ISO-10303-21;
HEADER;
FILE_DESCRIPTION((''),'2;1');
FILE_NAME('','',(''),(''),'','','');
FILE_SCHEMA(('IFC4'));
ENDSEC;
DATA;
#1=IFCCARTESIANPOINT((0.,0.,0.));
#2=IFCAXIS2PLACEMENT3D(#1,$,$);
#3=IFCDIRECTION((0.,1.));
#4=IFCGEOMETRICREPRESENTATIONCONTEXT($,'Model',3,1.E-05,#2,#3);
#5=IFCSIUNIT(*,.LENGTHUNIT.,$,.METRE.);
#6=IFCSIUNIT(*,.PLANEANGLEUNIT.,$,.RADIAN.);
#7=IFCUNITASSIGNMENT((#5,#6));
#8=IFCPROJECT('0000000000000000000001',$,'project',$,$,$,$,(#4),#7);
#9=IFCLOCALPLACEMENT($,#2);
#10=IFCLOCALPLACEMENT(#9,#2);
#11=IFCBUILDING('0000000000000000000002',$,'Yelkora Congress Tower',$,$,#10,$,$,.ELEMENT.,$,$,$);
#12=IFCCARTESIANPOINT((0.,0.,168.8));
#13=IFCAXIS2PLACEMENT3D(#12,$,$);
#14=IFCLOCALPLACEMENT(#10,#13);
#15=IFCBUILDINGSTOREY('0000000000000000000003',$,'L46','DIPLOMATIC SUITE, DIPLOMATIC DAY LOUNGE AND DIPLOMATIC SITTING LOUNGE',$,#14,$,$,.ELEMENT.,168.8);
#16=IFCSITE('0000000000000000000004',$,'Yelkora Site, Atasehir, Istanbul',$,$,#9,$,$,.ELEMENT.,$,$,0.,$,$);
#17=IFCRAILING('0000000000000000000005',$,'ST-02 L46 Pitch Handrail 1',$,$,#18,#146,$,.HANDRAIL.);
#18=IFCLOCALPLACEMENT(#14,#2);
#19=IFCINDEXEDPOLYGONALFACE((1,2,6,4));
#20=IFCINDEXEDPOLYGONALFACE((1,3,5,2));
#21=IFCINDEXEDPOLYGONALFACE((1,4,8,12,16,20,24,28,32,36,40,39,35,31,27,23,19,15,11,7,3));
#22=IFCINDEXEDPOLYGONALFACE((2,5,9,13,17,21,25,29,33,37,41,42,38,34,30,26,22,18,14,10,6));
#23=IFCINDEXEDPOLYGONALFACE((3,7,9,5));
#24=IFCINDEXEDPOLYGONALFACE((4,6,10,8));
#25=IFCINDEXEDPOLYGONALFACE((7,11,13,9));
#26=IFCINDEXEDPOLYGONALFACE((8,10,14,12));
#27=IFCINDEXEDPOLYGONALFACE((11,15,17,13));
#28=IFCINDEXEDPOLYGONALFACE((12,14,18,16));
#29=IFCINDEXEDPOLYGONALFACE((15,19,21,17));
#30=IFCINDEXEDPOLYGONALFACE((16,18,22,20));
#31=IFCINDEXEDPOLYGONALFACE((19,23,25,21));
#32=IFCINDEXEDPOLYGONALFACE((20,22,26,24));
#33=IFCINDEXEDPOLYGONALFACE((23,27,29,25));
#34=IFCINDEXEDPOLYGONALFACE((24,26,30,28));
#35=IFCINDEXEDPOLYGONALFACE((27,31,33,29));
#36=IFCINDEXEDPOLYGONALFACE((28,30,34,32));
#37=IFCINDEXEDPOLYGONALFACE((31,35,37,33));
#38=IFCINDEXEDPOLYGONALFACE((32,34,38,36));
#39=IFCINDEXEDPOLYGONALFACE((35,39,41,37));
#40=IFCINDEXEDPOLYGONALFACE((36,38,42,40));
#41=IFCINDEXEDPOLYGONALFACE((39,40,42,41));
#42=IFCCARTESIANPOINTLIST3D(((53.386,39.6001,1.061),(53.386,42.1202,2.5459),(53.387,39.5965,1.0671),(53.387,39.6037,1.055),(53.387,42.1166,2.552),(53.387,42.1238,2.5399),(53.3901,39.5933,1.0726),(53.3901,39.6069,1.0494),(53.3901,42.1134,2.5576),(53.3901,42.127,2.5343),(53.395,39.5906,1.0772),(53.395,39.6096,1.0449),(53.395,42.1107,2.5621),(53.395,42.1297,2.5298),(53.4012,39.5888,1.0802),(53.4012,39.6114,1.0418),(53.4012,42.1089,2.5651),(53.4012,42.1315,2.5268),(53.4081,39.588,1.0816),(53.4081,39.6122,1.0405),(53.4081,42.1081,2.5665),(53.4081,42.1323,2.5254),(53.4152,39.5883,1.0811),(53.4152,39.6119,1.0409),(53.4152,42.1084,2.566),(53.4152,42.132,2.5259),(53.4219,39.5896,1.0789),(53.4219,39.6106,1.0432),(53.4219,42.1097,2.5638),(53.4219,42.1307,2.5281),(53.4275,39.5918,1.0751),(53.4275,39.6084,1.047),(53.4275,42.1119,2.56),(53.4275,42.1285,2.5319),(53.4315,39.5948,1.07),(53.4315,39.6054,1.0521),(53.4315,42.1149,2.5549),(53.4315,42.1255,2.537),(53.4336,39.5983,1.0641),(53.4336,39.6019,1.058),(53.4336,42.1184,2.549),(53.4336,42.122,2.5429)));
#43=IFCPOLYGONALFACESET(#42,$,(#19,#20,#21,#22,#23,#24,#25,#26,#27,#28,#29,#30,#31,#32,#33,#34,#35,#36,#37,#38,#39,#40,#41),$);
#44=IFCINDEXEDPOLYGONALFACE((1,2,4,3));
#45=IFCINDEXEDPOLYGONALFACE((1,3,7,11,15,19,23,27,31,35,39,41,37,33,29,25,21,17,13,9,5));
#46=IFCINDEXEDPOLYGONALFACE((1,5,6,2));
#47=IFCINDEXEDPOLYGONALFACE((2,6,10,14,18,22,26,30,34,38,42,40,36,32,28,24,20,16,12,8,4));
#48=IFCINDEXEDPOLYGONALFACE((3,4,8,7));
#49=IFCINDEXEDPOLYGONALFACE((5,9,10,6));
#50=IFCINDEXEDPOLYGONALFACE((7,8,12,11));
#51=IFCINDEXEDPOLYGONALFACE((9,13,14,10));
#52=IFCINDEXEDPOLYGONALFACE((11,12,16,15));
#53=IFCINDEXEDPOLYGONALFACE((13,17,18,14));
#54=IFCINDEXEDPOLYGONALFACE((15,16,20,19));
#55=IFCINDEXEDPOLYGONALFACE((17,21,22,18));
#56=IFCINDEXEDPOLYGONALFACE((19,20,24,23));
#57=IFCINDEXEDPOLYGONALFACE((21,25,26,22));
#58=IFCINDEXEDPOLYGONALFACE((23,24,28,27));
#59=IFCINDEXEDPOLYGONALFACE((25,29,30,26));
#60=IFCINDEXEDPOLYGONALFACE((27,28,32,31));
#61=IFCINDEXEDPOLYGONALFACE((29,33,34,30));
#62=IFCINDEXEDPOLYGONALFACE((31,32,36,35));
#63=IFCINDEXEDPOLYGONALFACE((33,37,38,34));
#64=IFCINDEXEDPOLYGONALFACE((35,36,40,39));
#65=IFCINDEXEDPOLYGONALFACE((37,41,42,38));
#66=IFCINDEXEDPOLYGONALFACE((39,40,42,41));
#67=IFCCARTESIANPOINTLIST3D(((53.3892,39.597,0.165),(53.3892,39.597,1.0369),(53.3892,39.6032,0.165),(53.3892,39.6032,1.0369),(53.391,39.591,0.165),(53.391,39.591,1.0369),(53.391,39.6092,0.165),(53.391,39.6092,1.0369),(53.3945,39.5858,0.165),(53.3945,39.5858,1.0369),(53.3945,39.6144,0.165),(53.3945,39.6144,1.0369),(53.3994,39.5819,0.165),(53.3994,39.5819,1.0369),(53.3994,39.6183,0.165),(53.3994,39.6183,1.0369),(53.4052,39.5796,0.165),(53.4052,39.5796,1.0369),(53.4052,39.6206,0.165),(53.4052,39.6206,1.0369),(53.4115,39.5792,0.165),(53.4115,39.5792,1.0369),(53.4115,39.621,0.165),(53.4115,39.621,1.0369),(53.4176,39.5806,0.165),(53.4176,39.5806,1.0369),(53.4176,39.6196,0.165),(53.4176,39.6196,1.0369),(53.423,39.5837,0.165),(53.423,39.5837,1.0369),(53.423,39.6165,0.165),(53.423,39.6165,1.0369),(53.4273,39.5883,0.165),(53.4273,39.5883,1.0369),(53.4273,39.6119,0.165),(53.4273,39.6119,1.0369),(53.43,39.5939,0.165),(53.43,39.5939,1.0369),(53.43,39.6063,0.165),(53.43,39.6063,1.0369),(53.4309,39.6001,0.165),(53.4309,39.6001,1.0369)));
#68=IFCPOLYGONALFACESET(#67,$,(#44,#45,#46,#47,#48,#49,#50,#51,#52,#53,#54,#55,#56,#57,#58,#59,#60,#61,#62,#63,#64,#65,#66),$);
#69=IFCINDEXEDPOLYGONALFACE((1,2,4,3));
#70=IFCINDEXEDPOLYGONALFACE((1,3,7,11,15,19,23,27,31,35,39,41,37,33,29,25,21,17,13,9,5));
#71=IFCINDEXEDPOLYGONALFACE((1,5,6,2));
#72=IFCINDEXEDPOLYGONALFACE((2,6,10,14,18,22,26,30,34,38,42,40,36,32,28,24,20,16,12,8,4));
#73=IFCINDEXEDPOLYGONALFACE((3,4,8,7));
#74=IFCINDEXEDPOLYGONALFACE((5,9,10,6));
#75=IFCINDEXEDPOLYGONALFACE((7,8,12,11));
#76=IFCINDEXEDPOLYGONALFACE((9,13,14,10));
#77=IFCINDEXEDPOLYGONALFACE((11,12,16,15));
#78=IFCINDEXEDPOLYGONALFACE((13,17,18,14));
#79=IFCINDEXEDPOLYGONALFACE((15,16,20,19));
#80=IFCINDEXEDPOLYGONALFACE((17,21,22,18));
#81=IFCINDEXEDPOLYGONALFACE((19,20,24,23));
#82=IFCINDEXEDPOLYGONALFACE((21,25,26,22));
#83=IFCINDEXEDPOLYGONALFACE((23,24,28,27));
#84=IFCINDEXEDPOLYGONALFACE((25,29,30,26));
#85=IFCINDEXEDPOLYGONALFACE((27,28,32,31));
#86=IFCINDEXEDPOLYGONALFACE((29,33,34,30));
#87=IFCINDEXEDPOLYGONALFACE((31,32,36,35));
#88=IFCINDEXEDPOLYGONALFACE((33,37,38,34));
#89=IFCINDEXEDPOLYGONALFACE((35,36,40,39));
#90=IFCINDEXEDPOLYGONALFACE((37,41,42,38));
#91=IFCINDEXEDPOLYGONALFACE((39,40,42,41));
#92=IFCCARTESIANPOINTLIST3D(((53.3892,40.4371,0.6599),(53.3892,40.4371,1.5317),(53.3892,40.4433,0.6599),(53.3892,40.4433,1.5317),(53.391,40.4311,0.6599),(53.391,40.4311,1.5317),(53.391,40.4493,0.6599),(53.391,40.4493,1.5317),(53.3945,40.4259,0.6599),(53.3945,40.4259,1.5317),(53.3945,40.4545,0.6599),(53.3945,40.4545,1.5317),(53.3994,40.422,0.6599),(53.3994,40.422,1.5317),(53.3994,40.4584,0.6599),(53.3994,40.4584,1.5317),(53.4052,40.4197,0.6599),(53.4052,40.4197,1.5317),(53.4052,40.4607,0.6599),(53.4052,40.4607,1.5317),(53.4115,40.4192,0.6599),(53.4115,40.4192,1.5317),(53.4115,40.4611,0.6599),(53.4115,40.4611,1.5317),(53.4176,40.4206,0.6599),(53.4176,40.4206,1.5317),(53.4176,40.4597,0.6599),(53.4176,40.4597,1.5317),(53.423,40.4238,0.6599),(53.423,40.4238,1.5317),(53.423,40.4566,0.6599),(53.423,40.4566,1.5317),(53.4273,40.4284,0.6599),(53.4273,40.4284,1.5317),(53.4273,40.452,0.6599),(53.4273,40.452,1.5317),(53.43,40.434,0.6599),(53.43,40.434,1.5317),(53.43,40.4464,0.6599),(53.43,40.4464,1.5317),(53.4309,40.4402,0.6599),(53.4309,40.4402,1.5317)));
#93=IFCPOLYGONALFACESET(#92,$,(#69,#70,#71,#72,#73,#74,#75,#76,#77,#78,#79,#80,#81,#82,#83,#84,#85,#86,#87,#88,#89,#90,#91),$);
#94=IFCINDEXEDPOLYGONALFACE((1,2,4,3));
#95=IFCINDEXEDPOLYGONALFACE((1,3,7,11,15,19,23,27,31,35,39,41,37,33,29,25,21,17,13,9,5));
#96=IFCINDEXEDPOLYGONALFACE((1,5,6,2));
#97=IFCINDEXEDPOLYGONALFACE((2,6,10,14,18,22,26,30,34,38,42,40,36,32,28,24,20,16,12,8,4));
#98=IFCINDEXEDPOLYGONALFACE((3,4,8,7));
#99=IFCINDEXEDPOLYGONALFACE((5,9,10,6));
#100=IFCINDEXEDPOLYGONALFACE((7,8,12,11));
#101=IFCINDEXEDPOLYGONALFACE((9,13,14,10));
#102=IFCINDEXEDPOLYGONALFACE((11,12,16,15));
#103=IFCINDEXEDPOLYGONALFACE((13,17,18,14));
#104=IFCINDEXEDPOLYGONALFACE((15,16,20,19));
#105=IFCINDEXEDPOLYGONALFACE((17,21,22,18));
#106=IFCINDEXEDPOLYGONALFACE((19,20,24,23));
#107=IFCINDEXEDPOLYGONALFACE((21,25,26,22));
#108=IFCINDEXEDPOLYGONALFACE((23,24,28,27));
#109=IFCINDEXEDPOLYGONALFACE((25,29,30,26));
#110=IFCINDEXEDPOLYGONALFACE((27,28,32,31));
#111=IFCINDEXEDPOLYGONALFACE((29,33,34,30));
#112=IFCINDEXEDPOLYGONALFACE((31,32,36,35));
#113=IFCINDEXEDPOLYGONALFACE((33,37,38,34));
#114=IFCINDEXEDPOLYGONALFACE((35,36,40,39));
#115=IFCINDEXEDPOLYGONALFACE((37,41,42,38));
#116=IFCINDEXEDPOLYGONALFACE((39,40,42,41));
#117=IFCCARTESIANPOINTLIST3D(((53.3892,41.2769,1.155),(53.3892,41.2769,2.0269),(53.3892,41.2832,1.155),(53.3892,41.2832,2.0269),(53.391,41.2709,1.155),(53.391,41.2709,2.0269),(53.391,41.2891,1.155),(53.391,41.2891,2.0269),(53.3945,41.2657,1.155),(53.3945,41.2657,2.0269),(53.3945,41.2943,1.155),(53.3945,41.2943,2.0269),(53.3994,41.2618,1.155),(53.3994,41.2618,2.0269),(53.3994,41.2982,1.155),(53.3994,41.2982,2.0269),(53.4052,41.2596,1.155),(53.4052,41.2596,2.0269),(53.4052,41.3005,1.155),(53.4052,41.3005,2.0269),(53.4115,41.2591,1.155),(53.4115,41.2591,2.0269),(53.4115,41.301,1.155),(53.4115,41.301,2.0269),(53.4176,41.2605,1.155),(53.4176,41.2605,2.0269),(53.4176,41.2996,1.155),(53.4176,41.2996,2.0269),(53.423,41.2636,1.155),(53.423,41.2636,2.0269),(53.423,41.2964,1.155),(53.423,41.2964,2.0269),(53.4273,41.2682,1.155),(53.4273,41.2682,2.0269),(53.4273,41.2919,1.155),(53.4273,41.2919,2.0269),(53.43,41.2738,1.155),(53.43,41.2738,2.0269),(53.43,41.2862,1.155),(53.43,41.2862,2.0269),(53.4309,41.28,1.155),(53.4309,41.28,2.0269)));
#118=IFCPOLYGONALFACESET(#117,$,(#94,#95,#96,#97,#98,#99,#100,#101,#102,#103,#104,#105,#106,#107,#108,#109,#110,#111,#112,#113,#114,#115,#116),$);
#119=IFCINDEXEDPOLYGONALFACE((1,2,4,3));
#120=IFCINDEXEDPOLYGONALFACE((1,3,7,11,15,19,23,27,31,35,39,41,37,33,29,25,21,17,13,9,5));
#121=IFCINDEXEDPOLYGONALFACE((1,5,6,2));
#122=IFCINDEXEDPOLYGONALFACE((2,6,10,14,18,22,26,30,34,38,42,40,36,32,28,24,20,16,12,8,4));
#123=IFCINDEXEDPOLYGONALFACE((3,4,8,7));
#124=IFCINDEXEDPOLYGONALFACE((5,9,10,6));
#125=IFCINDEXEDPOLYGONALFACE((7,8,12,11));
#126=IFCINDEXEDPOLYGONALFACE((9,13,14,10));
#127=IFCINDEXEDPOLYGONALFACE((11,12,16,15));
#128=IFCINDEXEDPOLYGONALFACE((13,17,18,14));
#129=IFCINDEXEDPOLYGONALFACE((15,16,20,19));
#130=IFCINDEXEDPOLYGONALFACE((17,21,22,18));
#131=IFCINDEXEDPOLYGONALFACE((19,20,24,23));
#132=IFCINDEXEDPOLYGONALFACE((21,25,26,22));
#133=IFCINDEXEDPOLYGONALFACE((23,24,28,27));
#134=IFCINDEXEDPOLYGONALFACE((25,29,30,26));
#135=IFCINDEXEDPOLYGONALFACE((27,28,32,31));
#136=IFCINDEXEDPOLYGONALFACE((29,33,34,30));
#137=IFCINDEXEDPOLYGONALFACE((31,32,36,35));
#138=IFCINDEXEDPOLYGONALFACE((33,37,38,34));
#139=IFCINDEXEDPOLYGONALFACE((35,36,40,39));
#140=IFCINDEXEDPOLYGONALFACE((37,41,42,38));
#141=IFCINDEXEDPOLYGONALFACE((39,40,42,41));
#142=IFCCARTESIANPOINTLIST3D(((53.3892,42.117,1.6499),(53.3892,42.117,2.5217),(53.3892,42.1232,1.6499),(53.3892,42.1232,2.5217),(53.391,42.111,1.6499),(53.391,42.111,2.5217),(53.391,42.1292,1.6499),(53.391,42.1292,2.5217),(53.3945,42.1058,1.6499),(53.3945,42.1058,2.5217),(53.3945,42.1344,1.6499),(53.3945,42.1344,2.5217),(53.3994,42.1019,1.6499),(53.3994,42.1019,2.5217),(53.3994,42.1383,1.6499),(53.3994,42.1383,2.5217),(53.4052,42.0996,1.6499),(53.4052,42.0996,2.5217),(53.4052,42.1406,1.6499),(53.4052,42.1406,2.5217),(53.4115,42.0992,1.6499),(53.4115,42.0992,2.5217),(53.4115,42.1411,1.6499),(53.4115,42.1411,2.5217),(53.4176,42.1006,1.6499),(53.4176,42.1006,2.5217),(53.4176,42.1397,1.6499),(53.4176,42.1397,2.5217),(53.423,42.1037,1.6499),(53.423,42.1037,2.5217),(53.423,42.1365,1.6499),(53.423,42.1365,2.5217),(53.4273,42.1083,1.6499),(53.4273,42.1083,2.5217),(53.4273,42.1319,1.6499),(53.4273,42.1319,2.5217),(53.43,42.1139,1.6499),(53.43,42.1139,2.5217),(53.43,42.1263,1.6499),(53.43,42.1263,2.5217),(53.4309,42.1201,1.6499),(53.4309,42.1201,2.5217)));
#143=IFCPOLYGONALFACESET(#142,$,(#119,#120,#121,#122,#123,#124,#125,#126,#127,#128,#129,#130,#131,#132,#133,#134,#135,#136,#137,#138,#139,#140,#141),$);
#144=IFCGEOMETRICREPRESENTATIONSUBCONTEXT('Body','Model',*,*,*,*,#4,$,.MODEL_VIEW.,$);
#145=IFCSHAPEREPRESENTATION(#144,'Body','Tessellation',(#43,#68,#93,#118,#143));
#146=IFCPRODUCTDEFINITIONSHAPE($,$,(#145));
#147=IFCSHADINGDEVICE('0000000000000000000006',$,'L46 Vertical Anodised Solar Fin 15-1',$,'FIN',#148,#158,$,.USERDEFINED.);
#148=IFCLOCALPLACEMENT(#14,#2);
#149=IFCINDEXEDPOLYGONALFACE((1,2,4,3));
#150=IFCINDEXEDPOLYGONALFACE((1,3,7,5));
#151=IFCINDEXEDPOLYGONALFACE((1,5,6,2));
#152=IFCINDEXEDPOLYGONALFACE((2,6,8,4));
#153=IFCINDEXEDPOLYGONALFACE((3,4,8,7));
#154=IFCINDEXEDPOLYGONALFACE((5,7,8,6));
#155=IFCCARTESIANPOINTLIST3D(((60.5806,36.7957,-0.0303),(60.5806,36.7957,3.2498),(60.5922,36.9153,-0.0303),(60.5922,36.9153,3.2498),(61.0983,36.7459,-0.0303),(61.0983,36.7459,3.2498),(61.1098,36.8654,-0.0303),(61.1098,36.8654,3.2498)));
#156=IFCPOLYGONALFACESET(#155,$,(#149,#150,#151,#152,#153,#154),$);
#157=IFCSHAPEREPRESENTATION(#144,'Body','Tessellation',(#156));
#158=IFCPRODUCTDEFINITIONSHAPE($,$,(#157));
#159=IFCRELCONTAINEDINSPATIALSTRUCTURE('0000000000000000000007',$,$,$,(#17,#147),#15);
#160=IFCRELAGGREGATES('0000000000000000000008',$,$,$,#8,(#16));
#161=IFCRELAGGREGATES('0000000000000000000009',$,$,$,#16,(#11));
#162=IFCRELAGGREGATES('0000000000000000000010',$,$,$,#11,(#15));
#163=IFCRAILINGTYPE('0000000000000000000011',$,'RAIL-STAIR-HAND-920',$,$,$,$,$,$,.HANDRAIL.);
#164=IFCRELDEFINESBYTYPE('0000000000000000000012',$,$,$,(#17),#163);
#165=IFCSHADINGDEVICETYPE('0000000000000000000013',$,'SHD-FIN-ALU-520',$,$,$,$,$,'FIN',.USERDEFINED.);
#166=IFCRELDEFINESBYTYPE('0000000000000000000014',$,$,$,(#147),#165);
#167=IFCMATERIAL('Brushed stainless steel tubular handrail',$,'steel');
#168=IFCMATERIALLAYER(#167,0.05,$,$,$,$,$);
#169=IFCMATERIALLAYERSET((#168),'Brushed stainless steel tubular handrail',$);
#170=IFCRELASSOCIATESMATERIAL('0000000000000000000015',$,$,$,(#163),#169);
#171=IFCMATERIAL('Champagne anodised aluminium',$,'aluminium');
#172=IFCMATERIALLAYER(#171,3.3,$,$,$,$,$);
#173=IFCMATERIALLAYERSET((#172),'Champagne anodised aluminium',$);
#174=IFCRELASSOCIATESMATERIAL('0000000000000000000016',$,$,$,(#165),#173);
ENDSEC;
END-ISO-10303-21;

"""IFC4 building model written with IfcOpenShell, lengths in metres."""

from ifc_helpers import new_model, si_unit, direction, frame, origin, origin_2d, place, context, subcontext, project, spatial, rectangle, circle, extrude, material, layer, layer_set, type_object, element, save


model = new_model("IFC4")

# Units and contexts
model_context = context("Model", 3, precision=1e-05, world=origin(), true_north=direction((0.0, 1.0)))
body_context = subcontext(model_context, "Body", "Model", "MODEL_VIEW")
ifc_project = project(units=[si_unit("LENGTHUNIT", "METRE"), si_unit("PLANEANGLEUNIT", "RADIAN")], contexts=[model_context])

# Site, building, storey
site_placement = place(None, origin())
site = spatial("IfcSite", under=ifc_project, at=site_placement, Name="Yelkora Site, Atasehir, Istanbul", CompositionType="ELEMENT", RefElevation=0.0)
building_placement = place(site_placement, origin())
building = spatial("IfcBuilding", under=site, at=building_placement, Name="Yelkora Congress Tower", CompositionType="ELEMENT")
storey_placement = place(building_placement, frame((0.0, 0.0, 168.8)))
storey = spatial("IfcBuildingStorey", under=building, at=storey_placement, Name="L46", Description="DIPLOMATIC SUITE, DIPLOMATIC DAY LOUNGE AND DIPLOMATIC SITTING LOUNGE", CompositionType="ELEMENT", Elevation=168.8)

# Railing
ifc_material_1 = material(Name="Brushed stainless steel tubular handrail", Category="steel")
ifc_layer_1 = layer(ifc_material_1, 0.05)
ifc_layer_set_1 = layer_set([ifc_layer_1], Name="Brushed stainless steel tubular handrail")
railing_type_1 = type_object("IfcRailingType", Name="RAIL-STAIR-HAND-920", PredefinedType="HANDRAIL", material=ifc_layer_set_1)
railing_1_placement = place(storey_placement, frame((53.4099, 39.6001, 0.165)))
element("IfcRailing", 1, at=railing_1_placement, inside=storey, type_object=railing_type_1, Name="ST-02 L46 Pitch Handrail 1", PredefinedType="HANDRAIL", context=body_context, shape_type="SweptSolid", body=[
    extrude(circle(Radius=0.0239, at=origin_2d()), frame((0.0, 0.0, 0.896), z_axis=(0.0, 0.861561, 0.507655), x_axis=(-1.0, 0.0, 0.0)), (0.0, 0.0, 1.0), 2.925),
    extrude(circle(Radius=0.021, at=origin_2d()), origin(), (0.0, 0.0, 1.0), 0.8718),
    extrude(circle(Radius=0.021, at=origin_2d()), frame((0.0, 0.8401, 0.4949)), (0.0, 0.0, 1.0), 0.8718),
    extrude(circle(Radius=0.021, at=origin_2d()), frame((0.0, 1.6799, 0.99)), (0.0, 0.0, 1.0), 0.8718),
    extrude(circle(Radius=0.021, at=origin_2d()), frame((0.0, 2.52, 1.4849)), (0.0, 0.0, 1.0), 0.8718),
])

# Shading device
ifc_material_2 = material(Name="Champagne anodised aluminium", Category="aluminium")
ifc_layer_2 = layer(ifc_material_2, 3.3)
ifc_layer_set_2 = layer_set([ifc_layer_2], Name="Champagne anodised aluminium")
shading_device_type = type_object("IfcShadingDeviceType", Name="SHD-FIN-ALU-520", ElementType="FIN", PredefinedType="USERDEFINED", material=ifc_layer_set_2)
shading_device_placement = place(storey_placement, frame((60.8452, 36.8306, -0.0303), z_axis=(0.0, 0.0, 1.0), x_axis=(-0.095846, -0.995396, 0.0)))
element("IfcShadingDevice", 2, at=shading_device_placement, inside=storey, type_object=shading_device_type, Name="L46 Vertical Anodised Solar Fin 15-1", ObjectType="FIN", PredefinedType="USERDEFINED", context=body_context, shape_type="SweptSolid", body=[
    extrude(rectangle(XDim=0.1201, YDim=0.52, at=origin_2d()), origin(), (0.0, 0.0, 1.0), 3.28),
])

save(model, "model.ifc")
